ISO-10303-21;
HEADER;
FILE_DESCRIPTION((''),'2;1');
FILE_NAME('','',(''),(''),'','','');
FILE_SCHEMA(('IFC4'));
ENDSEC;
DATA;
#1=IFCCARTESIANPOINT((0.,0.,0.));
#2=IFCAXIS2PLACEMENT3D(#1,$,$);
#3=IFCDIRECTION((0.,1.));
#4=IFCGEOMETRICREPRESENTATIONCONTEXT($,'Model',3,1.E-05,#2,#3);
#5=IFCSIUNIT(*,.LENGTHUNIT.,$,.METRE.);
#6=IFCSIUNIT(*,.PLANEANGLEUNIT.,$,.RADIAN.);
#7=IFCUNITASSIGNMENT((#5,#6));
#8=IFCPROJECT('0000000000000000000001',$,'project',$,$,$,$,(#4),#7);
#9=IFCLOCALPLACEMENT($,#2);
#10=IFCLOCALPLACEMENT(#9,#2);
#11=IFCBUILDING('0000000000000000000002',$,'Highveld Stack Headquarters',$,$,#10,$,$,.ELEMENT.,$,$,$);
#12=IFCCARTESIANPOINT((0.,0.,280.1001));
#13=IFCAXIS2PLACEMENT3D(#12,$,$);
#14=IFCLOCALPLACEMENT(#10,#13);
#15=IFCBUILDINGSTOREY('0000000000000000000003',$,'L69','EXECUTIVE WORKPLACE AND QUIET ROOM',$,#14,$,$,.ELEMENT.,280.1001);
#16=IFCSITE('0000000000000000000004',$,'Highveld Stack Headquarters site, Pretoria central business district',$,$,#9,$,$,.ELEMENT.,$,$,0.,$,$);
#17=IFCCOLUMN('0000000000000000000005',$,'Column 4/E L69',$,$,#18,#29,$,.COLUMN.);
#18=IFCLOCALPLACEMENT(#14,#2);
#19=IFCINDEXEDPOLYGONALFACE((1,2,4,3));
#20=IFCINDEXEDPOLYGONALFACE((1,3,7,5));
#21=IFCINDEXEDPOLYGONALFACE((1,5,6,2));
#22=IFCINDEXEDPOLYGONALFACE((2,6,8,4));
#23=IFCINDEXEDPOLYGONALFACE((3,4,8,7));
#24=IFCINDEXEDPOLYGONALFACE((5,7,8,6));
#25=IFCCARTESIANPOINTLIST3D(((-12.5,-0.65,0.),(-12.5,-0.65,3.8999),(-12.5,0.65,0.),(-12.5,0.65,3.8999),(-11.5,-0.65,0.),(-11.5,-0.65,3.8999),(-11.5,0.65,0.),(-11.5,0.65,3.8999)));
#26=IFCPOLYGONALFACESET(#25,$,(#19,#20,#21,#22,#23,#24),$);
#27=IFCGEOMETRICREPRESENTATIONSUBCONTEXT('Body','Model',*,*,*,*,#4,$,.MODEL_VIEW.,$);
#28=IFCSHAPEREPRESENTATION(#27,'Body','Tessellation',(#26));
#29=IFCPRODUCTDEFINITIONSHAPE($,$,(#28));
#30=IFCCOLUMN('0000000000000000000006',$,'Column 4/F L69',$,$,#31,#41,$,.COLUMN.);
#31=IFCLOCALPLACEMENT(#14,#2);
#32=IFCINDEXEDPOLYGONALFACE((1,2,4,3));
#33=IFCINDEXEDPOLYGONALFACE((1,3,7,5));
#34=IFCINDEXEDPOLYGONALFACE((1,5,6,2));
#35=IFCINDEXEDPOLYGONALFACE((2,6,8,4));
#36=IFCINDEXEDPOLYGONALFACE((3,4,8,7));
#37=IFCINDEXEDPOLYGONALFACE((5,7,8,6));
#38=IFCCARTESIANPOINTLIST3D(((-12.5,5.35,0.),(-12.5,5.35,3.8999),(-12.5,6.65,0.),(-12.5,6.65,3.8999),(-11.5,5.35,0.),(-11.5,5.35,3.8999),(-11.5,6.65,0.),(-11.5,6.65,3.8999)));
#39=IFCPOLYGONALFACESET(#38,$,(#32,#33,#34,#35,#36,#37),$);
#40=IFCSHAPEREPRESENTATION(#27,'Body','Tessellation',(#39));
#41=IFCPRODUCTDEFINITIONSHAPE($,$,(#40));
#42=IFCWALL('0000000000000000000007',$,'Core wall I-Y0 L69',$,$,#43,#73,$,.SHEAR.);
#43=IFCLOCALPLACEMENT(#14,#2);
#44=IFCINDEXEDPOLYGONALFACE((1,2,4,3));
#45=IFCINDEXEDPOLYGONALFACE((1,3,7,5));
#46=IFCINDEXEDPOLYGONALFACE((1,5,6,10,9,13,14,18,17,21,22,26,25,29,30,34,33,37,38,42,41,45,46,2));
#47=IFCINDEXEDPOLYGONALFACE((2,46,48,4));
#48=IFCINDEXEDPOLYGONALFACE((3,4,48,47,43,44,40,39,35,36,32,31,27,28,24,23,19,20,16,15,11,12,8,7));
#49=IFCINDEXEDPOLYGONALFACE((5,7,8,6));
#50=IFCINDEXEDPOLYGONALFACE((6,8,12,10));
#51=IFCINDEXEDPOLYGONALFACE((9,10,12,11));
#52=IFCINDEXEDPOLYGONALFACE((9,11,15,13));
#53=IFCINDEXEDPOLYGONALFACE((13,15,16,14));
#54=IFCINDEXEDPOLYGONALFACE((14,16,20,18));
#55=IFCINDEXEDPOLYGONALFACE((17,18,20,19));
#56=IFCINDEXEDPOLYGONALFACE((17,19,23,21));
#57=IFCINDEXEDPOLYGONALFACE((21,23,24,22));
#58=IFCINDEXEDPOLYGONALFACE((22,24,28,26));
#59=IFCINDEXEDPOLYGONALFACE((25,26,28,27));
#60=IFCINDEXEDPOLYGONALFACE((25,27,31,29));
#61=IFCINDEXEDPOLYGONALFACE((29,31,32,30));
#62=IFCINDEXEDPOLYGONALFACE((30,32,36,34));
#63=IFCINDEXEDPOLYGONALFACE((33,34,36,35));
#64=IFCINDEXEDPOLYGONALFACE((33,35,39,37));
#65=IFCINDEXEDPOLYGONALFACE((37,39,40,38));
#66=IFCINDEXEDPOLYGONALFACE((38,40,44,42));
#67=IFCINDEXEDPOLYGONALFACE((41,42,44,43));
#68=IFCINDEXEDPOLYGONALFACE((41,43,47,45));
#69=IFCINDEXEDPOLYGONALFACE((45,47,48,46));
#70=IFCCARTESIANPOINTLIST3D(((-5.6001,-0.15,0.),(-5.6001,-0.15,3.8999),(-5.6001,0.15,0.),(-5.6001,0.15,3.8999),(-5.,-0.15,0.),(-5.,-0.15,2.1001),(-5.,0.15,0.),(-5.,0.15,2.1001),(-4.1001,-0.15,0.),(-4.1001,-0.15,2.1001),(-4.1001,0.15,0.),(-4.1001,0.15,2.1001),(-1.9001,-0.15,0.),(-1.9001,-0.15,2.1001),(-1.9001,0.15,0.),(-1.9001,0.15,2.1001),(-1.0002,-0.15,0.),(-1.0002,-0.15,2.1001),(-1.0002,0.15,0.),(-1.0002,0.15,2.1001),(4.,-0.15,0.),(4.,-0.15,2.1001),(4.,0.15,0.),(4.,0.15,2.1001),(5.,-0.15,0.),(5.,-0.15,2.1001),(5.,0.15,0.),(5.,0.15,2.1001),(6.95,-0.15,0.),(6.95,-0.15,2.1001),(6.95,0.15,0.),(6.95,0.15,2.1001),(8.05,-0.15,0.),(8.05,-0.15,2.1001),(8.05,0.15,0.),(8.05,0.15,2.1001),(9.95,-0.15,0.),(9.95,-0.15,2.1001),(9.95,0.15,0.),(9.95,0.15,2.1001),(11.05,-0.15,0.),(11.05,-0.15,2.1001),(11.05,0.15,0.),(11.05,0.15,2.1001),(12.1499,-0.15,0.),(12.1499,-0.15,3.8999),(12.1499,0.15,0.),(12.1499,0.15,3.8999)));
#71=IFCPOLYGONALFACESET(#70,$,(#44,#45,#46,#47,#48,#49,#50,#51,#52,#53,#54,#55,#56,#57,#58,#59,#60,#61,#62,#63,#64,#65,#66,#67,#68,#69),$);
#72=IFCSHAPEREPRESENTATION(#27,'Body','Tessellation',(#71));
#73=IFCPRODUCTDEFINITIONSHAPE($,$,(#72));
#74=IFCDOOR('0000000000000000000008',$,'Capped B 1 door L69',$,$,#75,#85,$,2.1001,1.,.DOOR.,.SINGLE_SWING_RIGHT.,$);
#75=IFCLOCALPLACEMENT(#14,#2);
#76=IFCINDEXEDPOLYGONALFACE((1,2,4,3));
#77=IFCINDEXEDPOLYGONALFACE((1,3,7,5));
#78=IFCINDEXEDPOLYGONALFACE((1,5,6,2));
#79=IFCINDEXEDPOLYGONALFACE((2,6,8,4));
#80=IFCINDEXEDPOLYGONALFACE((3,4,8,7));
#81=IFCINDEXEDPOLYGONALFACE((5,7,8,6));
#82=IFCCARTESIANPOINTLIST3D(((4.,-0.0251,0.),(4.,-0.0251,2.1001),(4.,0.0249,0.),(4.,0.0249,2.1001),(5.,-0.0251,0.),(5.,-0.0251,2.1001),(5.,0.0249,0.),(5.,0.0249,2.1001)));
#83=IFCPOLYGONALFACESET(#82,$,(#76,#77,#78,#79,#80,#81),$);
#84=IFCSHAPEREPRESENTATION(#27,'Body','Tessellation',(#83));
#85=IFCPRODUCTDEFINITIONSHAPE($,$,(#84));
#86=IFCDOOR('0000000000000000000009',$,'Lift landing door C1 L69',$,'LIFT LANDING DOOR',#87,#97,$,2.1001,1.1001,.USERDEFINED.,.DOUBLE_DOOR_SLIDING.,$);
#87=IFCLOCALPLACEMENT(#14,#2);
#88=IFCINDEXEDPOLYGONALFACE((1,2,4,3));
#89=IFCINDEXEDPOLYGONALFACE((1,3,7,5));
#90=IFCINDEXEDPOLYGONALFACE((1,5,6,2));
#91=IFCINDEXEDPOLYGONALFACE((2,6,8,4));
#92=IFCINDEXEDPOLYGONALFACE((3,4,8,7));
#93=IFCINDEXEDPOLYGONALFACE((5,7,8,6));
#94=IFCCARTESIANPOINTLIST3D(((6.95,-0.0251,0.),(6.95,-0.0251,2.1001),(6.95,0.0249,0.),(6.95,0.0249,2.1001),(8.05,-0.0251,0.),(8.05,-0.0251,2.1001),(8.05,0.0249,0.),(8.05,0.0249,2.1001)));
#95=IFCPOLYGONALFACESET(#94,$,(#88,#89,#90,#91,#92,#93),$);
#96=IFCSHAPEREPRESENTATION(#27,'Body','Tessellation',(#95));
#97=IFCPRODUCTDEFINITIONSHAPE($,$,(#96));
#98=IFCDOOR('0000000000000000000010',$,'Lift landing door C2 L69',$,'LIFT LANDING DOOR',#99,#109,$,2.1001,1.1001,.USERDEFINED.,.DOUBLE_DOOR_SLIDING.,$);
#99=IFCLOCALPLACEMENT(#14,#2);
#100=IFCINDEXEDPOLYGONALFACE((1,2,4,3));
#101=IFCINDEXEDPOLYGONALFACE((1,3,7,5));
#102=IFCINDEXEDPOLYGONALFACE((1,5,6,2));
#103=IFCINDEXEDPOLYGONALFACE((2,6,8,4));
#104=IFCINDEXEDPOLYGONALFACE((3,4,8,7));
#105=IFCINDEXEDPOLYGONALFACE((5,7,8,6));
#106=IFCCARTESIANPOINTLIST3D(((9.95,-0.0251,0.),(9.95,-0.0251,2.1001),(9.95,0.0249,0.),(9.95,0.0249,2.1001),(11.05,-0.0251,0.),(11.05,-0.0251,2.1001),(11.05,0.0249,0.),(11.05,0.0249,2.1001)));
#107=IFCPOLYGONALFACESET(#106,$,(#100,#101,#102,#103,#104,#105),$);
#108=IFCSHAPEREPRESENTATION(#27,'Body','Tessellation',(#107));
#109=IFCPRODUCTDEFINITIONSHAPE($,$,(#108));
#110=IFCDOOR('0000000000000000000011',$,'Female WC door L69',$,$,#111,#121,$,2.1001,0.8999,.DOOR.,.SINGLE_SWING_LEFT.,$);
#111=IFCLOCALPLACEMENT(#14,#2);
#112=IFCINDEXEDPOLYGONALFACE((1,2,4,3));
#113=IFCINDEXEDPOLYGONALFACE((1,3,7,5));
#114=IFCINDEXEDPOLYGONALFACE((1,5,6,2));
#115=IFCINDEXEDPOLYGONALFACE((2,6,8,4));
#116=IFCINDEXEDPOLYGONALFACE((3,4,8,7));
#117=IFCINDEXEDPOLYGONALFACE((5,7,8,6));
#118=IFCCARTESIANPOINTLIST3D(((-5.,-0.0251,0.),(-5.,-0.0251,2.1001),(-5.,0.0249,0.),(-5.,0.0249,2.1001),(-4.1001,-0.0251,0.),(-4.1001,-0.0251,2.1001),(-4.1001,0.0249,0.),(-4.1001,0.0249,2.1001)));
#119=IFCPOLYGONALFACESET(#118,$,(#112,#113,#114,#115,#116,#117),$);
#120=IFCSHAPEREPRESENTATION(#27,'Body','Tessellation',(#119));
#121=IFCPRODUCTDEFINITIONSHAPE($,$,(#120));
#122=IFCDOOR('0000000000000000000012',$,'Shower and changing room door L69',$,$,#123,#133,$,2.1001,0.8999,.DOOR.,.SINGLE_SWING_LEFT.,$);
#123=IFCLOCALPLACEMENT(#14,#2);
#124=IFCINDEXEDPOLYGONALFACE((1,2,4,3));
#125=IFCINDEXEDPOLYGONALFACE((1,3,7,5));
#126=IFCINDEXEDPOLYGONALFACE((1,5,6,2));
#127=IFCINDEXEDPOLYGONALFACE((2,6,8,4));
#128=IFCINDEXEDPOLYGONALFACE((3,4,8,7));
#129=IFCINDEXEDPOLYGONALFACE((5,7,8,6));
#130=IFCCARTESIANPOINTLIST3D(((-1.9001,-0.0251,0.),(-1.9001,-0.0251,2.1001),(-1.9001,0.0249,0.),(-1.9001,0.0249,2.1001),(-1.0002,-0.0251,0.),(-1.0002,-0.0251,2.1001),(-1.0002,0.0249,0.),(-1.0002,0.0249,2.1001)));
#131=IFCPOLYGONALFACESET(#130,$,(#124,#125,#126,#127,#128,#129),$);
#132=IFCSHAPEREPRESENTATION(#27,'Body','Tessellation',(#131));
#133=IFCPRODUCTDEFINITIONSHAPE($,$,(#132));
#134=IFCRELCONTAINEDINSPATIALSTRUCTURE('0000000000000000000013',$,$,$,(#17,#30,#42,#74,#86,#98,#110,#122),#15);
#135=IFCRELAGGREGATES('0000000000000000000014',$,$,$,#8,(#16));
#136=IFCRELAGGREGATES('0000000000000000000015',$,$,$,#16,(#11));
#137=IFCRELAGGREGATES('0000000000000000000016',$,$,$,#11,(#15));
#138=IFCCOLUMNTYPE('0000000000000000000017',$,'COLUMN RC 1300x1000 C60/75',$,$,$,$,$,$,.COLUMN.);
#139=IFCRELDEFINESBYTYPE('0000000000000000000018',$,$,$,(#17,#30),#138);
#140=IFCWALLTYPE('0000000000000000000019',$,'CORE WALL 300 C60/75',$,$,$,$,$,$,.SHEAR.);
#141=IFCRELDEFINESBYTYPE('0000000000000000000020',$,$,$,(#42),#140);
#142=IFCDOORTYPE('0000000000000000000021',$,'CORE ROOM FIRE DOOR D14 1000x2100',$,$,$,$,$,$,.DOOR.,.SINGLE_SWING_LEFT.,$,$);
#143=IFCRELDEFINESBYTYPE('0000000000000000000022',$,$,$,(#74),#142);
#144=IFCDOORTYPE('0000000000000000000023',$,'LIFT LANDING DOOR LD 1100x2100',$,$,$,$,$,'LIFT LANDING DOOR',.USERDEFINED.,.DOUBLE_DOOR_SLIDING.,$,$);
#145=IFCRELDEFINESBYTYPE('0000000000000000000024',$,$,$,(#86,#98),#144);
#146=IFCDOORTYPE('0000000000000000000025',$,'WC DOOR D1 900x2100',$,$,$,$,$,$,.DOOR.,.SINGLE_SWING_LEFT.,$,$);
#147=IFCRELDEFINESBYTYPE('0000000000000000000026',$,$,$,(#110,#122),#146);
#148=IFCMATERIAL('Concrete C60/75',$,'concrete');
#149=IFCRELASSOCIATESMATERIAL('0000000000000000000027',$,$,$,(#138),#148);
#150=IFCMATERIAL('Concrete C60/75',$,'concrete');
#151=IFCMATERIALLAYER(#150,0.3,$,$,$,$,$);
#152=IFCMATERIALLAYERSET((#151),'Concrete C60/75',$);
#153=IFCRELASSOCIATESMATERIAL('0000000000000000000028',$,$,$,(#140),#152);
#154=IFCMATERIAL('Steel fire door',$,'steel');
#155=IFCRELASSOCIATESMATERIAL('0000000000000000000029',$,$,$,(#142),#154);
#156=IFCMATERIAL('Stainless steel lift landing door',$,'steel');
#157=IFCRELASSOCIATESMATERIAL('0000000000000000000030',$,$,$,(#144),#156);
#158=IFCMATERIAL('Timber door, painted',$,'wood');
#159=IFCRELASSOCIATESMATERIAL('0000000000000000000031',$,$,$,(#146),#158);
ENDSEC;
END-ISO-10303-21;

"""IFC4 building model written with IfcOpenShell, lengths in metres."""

from ifc_helpers import new_model, si_unit, direction, frame, frame_2d, origin, origin_2d, place, context, subcontext, project, spatial, rectangle, extrude, material, layer, layer_set, material_profile, profile_set, type_object, element, fill, save


model = new_model("IFC4")

# Units and contexts
model_context = context("Model", 3, precision=1e-05, world=origin(), true_north=direction((0.0, 1.0)))
body_context = subcontext(model_context, "Body", "Model", "MODEL_VIEW")
ifc_project = project(units=[si_unit("LENGTHUNIT", "METRE"), si_unit("PLANEANGLEUNIT", "RADIAN")], contexts=[model_context])

# Site, building, storey
site_placement = place(None, origin())
site = spatial("IfcSite", under=ifc_project, at=site_placement, Name="Highveld Stack Headquarters site, Pretoria central business district", CompositionType="ELEMENT", RefElevation=0.0)
building_placement = place(site_placement, origin())
building = spatial("IfcBuilding", under=site, at=building_placement, Name="Highveld Stack Headquarters", CompositionType="ELEMENT")
storey_placement = place(building_placement, frame((0.0, 0.0, 280.1001)))
storey = spatial("IfcBuildingStorey", under=building, at=storey_placement, Name="L69", Description="EXECUTIVE WORKPLACE AND QUIET ROOM", CompositionType="ELEMENT", Elevation=280.1001)

# Columns
ifc_material_1 = material(Name="Concrete C60/75", Category="concrete")
ifc_material_profile = material_profile(ifc_material_1, rectangle(XDim=1.3, YDim=1.0, at=origin_2d()), Name="RC 1300x1000")
ifc_profile_set = profile_set([ifc_material_profile], Name="Concrete C60/75")
column_type = type_object("IfcColumnType", Name="COLUMN RC 1300x1000 C60/75", PredefinedType="COLUMN", material=ifc_profile_set)
for number, where, z_axis, x_axis, name in (
    (1, (-12.0, 0.0, 0.0), (0.0, 0.0, 1.0), (0.0, 1.0, 0.0), "Column 4/E L69"),
    (2, (-12.0, 6.0, 0.0), (0.0, 0.0, 1.0), (0.0, 1.0, 0.0), "Column 4/F L69"),
):
    element("IfcColumn", number, at=place(storey_placement, frame(where, z_axis=z_axis, x_axis=x_axis)), inside=storey, type_object=column_type, Name=name, PredefinedType="COLUMN", context=body_context, shape_type="SweptSolid", body=[
        extrude(rectangle(XDim=1.3, YDim=1.0, at=origin_2d()), origin(), (0.0, 0.0, 1.0), 3.8999),
    ])

# Wall, openings, doors
ifc_material_2 = material(Name="Concrete C60/75", Category="concrete")
ifc_layer_1 = layer(ifc_material_2, 0.3)
ifc_layer_set_1 = layer_set([ifc_layer_1], Name="Concrete C60/75")
wall_type_1 = type_object("IfcWallType", Name="CORE WALL 300 C60/75", PredefinedType="SHEAR", material=ifc_layer_set_1)
wall_1_placement = place(storey_placement, frame((-5.6001, 0.0, 0.0), z_axis=(0.0, 0.0, 1.0), x_axis=(1.0, 0.0, 0.0)))
wall_1 = element("IfcWall", 3, at=wall_1_placement, inside=storey, type_object=wall_type_1, Name="Core wall I-Y0 L69", PredefinedType="SHEAR", context=body_context, shape_type="SweptSolid", body=[
    extrude(rectangle(XDim=17.75, YDim=0.3, at=frame_2d((8.875, 0.0))), origin(), (0.0, 0.0, 1.0), 3.8999),
])
opening_1_placement = place(wall_1_placement, frame((0.6001, 0.0, 0.0)))
opening_1 = element("IfcOpeningElement", 4, at=opening_1_placement, cuts=wall_1, PredefinedType="OPENING", context=body_context, shape_type="SweptSolid", body=[
    extrude(rectangle(XDim=0.8999, YDim=2.1001, at=frame_2d((0.45, 1.05))), frame((0.0, 0.1599, 0.0), z_axis=(0.0, -1.0, 0.0), x_axis=(1.0, 0.0, 0.0)), (0.0, 0.0, 1.0), 0.3201),
])
opening_2_placement = place(wall_1_placement, frame((3.7, 0.0, 0.0)))
opening_2 = element("IfcOpeningElement", 5, at=opening_2_placement, cuts=wall_1, PredefinedType="OPENING", context=body_context, shape_type="SweptSolid", body=[
    extrude(rectangle(XDim=0.8999, YDim=2.1001, at=frame_2d((0.45, 1.05))), frame((0.0, 0.1599, 0.0), z_axis=(0.0, -1.0, 0.0), x_axis=(1.0, 0.0, 0.0)), (0.0, 0.0, 1.0), 0.3201),
])
opening_3_placement = place(wall_1_placement, frame((9.6001, 0.0, 0.0)))
opening_3 = element("IfcOpeningElement", 6, at=opening_3_placement, cuts=wall_1, PredefinedType="OPENING", context=body_context, shape_type="SweptSolid", body=[
    extrude(rectangle(XDim=1.0, YDim=2.1001, at=frame_2d((0.5, 1.05))), frame((0.0, 0.1599, 0.0), z_axis=(0.0, -1.0, 0.0), x_axis=(1.0, 0.0, 0.0)), (0.0, 0.0, 1.0), 0.3201),
])
opening_4_placement = place(wall_1_placement, frame((12.55, 0.0, 0.0)))
opening_4 = element("IfcOpeningElement", 7, at=opening_4_placement, cuts=wall_1, PredefinedType="OPENING", context=body_context, shape_type="SweptSolid", body=[
    extrude(rectangle(XDim=1.1001, YDim=2.1001, at=frame_2d((0.55, 1.05))), frame((0.0, 0.1599, 0.0), z_axis=(0.0, -1.0, 0.0), x_axis=(1.0, 0.0, 0.0)), (0.0, 0.0, 1.0), 0.3201),
])
opening_5_placement = place(wall_1_placement, frame((15.55, 0.0, 0.0)))
opening_5 = element("IfcOpeningElement", 8, at=opening_5_placement, cuts=wall_1, PredefinedType="OPENING", context=body_context, shape_type="SweptSolid", body=[
    extrude(rectangle(XDim=1.1001, YDim=2.1001, at=frame_2d((0.55, 1.05))), frame((0.0, 0.1599, 0.0), z_axis=(0.0, -1.0, 0.0), x_axis=(1.0, 0.0, 0.0)), (0.0, 0.0, 1.0), 0.3201),
])
ifc_material_3 = material(Name="Steel fire door", Category="steel")
door_type_1 = type_object("IfcDoorType", Name="CORE ROOM FIRE DOOR D14 1000x2100", OperationType="SINGLE_SWING_LEFT", PredefinedType="DOOR", material=ifc_material_3)
door_1_placement = place(opening_3_placement, origin())
door_1 = element("IfcDoor", 9, at=door_1_placement, inside=storey, type_object=door_type_1, Name="Capped B 1 door L69", OperationType="SINGLE_SWING_RIGHT", OverallHeight=2.1001, OverallWidth=1.0, PredefinedType="DOOR", context=body_context, shape_type="SweptSolid", body=[
    extrude(rectangle(XDim=1.0, YDim=2.1001, at=frame_2d((0.5, 1.05))), frame((0.0, 0.0249, 0.0), z_axis=(0.0, -1.0, 0.0), x_axis=(1.0, 0.0, 0.0)), (0.0, 0.0, 1.0), 0.05),
])
fill(opening_3, door_1)
ifc_material_4 = material(Name="Stainless steel lift landing door", Category="steel")
door_type_2 = type_object("IfcDoorType", Name="LIFT LANDING DOOR LD 1100x2100", ElementType="LIFT LANDING DOOR", OperationType="DOUBLE_DOOR_SLIDING", PredefinedType="USERDEFINED", material=ifc_material_4)
door_2_placement = place(opening_4_placement, origin())
door_2 = element("IfcDoor", 10, at=door_2_placement, inside=storey, type_object=door_type_2, Name="Lift landing door C1 L69", ObjectType="LIFT LANDING DOOR", OperationType="DOUBLE_DOOR_SLIDING", OverallHeight=2.1001, OverallWidth=1.1001, PredefinedType="USERDEFINED", context=body_context, shape_type="SweptSolid", body=[
    extrude(rectangle(XDim=1.1001, YDim=2.1001, at=frame_2d((0.55, 1.05))), frame((0.0, 0.0249, 0.0), z_axis=(0.0, -1.0, 0.0), x_axis=(1.0, 0.0, 0.0)), (0.0, 0.0, 1.0), 0.05),
])
fill(opening_4, door_2)
door_3_placement = place(opening_5_placement, origin())
door_3 = element("IfcDoor", 11, at=door_3_placement, inside=storey, type_object=door_type_2, Name="Lift landing door C2 L69", ObjectType="LIFT LANDING DOOR", OperationType="DOUBLE_DOOR_SLIDING", OverallHeight=2.1001, OverallWidth=1.1001, PredefinedType="USERDEFINED", context=body_context, shape_type="SweptSolid", body=[
    extrude(rectangle(XDim=1.1001, YDim=2.1001, at=frame_2d((0.55, 1.05))), frame((0.0, 0.0249, 0.0), z_axis=(0.0, -1.0, 0.0), x_axis=(1.0, 0.0, 0.0)), (0.0, 0.0, 1.0), 0.05),
])
fill(opening_5, door_3)
ifc_material_5 = material(Name="Timber door, painted", Category="wood")
door_type_3 = type_object("IfcDoorType", Name="WC DOOR D1 900x2100", OperationType="SINGLE_SWING_LEFT", PredefinedType="DOOR", material=ifc_material_5)
door_4_placement = place(opening_1_placement, origin())
door_4 = element("IfcDoor", 12, at=door_4_placement, inside=storey, type_object=door_type_3, Name="Female WC door L69", OperationType="SINGLE_SWING_LEFT", OverallHeight=2.1001, OverallWidth=0.8999, PredefinedType="DOOR", context=body_context, shape_type="SweptSolid", body=[
    extrude(rectangle(XDim=0.8999, YDim=2.1001, at=frame_2d((0.45, 1.05))), frame((0.0, 0.0249, 0.0), z_axis=(0.0, -1.0, 0.0), x_axis=(1.0, 0.0, 0.0)), (0.0, 0.0, 1.0), 0.05),
])
fill(opening_1, door_4)
door_5_placement = place(opening_2_placement, origin())
door_5 = element("IfcDoor", 13, at=door_5_placement, inside=storey, type_object=door_type_3, Name="Shower and changing room door L69", OperationType="SINGLE_SWING_LEFT", OverallHeight=2.1001, OverallWidth=0.8999, PredefinedType="DOOR", context=body_context, shape_type="SweptSolid", body=[
    extrude(rectangle(XDim=0.8999, YDim=2.1001, at=frame_2d((0.45, 1.05))), frame((0.0, 0.0249, 0.0), z_axis=(0.0, -1.0, 0.0), x_axis=(1.0, 0.0, 0.0)), (0.0, 0.0, 1.0), 0.05),
])
fill(opening_2, door_5)

save(model, "model.ifc")
